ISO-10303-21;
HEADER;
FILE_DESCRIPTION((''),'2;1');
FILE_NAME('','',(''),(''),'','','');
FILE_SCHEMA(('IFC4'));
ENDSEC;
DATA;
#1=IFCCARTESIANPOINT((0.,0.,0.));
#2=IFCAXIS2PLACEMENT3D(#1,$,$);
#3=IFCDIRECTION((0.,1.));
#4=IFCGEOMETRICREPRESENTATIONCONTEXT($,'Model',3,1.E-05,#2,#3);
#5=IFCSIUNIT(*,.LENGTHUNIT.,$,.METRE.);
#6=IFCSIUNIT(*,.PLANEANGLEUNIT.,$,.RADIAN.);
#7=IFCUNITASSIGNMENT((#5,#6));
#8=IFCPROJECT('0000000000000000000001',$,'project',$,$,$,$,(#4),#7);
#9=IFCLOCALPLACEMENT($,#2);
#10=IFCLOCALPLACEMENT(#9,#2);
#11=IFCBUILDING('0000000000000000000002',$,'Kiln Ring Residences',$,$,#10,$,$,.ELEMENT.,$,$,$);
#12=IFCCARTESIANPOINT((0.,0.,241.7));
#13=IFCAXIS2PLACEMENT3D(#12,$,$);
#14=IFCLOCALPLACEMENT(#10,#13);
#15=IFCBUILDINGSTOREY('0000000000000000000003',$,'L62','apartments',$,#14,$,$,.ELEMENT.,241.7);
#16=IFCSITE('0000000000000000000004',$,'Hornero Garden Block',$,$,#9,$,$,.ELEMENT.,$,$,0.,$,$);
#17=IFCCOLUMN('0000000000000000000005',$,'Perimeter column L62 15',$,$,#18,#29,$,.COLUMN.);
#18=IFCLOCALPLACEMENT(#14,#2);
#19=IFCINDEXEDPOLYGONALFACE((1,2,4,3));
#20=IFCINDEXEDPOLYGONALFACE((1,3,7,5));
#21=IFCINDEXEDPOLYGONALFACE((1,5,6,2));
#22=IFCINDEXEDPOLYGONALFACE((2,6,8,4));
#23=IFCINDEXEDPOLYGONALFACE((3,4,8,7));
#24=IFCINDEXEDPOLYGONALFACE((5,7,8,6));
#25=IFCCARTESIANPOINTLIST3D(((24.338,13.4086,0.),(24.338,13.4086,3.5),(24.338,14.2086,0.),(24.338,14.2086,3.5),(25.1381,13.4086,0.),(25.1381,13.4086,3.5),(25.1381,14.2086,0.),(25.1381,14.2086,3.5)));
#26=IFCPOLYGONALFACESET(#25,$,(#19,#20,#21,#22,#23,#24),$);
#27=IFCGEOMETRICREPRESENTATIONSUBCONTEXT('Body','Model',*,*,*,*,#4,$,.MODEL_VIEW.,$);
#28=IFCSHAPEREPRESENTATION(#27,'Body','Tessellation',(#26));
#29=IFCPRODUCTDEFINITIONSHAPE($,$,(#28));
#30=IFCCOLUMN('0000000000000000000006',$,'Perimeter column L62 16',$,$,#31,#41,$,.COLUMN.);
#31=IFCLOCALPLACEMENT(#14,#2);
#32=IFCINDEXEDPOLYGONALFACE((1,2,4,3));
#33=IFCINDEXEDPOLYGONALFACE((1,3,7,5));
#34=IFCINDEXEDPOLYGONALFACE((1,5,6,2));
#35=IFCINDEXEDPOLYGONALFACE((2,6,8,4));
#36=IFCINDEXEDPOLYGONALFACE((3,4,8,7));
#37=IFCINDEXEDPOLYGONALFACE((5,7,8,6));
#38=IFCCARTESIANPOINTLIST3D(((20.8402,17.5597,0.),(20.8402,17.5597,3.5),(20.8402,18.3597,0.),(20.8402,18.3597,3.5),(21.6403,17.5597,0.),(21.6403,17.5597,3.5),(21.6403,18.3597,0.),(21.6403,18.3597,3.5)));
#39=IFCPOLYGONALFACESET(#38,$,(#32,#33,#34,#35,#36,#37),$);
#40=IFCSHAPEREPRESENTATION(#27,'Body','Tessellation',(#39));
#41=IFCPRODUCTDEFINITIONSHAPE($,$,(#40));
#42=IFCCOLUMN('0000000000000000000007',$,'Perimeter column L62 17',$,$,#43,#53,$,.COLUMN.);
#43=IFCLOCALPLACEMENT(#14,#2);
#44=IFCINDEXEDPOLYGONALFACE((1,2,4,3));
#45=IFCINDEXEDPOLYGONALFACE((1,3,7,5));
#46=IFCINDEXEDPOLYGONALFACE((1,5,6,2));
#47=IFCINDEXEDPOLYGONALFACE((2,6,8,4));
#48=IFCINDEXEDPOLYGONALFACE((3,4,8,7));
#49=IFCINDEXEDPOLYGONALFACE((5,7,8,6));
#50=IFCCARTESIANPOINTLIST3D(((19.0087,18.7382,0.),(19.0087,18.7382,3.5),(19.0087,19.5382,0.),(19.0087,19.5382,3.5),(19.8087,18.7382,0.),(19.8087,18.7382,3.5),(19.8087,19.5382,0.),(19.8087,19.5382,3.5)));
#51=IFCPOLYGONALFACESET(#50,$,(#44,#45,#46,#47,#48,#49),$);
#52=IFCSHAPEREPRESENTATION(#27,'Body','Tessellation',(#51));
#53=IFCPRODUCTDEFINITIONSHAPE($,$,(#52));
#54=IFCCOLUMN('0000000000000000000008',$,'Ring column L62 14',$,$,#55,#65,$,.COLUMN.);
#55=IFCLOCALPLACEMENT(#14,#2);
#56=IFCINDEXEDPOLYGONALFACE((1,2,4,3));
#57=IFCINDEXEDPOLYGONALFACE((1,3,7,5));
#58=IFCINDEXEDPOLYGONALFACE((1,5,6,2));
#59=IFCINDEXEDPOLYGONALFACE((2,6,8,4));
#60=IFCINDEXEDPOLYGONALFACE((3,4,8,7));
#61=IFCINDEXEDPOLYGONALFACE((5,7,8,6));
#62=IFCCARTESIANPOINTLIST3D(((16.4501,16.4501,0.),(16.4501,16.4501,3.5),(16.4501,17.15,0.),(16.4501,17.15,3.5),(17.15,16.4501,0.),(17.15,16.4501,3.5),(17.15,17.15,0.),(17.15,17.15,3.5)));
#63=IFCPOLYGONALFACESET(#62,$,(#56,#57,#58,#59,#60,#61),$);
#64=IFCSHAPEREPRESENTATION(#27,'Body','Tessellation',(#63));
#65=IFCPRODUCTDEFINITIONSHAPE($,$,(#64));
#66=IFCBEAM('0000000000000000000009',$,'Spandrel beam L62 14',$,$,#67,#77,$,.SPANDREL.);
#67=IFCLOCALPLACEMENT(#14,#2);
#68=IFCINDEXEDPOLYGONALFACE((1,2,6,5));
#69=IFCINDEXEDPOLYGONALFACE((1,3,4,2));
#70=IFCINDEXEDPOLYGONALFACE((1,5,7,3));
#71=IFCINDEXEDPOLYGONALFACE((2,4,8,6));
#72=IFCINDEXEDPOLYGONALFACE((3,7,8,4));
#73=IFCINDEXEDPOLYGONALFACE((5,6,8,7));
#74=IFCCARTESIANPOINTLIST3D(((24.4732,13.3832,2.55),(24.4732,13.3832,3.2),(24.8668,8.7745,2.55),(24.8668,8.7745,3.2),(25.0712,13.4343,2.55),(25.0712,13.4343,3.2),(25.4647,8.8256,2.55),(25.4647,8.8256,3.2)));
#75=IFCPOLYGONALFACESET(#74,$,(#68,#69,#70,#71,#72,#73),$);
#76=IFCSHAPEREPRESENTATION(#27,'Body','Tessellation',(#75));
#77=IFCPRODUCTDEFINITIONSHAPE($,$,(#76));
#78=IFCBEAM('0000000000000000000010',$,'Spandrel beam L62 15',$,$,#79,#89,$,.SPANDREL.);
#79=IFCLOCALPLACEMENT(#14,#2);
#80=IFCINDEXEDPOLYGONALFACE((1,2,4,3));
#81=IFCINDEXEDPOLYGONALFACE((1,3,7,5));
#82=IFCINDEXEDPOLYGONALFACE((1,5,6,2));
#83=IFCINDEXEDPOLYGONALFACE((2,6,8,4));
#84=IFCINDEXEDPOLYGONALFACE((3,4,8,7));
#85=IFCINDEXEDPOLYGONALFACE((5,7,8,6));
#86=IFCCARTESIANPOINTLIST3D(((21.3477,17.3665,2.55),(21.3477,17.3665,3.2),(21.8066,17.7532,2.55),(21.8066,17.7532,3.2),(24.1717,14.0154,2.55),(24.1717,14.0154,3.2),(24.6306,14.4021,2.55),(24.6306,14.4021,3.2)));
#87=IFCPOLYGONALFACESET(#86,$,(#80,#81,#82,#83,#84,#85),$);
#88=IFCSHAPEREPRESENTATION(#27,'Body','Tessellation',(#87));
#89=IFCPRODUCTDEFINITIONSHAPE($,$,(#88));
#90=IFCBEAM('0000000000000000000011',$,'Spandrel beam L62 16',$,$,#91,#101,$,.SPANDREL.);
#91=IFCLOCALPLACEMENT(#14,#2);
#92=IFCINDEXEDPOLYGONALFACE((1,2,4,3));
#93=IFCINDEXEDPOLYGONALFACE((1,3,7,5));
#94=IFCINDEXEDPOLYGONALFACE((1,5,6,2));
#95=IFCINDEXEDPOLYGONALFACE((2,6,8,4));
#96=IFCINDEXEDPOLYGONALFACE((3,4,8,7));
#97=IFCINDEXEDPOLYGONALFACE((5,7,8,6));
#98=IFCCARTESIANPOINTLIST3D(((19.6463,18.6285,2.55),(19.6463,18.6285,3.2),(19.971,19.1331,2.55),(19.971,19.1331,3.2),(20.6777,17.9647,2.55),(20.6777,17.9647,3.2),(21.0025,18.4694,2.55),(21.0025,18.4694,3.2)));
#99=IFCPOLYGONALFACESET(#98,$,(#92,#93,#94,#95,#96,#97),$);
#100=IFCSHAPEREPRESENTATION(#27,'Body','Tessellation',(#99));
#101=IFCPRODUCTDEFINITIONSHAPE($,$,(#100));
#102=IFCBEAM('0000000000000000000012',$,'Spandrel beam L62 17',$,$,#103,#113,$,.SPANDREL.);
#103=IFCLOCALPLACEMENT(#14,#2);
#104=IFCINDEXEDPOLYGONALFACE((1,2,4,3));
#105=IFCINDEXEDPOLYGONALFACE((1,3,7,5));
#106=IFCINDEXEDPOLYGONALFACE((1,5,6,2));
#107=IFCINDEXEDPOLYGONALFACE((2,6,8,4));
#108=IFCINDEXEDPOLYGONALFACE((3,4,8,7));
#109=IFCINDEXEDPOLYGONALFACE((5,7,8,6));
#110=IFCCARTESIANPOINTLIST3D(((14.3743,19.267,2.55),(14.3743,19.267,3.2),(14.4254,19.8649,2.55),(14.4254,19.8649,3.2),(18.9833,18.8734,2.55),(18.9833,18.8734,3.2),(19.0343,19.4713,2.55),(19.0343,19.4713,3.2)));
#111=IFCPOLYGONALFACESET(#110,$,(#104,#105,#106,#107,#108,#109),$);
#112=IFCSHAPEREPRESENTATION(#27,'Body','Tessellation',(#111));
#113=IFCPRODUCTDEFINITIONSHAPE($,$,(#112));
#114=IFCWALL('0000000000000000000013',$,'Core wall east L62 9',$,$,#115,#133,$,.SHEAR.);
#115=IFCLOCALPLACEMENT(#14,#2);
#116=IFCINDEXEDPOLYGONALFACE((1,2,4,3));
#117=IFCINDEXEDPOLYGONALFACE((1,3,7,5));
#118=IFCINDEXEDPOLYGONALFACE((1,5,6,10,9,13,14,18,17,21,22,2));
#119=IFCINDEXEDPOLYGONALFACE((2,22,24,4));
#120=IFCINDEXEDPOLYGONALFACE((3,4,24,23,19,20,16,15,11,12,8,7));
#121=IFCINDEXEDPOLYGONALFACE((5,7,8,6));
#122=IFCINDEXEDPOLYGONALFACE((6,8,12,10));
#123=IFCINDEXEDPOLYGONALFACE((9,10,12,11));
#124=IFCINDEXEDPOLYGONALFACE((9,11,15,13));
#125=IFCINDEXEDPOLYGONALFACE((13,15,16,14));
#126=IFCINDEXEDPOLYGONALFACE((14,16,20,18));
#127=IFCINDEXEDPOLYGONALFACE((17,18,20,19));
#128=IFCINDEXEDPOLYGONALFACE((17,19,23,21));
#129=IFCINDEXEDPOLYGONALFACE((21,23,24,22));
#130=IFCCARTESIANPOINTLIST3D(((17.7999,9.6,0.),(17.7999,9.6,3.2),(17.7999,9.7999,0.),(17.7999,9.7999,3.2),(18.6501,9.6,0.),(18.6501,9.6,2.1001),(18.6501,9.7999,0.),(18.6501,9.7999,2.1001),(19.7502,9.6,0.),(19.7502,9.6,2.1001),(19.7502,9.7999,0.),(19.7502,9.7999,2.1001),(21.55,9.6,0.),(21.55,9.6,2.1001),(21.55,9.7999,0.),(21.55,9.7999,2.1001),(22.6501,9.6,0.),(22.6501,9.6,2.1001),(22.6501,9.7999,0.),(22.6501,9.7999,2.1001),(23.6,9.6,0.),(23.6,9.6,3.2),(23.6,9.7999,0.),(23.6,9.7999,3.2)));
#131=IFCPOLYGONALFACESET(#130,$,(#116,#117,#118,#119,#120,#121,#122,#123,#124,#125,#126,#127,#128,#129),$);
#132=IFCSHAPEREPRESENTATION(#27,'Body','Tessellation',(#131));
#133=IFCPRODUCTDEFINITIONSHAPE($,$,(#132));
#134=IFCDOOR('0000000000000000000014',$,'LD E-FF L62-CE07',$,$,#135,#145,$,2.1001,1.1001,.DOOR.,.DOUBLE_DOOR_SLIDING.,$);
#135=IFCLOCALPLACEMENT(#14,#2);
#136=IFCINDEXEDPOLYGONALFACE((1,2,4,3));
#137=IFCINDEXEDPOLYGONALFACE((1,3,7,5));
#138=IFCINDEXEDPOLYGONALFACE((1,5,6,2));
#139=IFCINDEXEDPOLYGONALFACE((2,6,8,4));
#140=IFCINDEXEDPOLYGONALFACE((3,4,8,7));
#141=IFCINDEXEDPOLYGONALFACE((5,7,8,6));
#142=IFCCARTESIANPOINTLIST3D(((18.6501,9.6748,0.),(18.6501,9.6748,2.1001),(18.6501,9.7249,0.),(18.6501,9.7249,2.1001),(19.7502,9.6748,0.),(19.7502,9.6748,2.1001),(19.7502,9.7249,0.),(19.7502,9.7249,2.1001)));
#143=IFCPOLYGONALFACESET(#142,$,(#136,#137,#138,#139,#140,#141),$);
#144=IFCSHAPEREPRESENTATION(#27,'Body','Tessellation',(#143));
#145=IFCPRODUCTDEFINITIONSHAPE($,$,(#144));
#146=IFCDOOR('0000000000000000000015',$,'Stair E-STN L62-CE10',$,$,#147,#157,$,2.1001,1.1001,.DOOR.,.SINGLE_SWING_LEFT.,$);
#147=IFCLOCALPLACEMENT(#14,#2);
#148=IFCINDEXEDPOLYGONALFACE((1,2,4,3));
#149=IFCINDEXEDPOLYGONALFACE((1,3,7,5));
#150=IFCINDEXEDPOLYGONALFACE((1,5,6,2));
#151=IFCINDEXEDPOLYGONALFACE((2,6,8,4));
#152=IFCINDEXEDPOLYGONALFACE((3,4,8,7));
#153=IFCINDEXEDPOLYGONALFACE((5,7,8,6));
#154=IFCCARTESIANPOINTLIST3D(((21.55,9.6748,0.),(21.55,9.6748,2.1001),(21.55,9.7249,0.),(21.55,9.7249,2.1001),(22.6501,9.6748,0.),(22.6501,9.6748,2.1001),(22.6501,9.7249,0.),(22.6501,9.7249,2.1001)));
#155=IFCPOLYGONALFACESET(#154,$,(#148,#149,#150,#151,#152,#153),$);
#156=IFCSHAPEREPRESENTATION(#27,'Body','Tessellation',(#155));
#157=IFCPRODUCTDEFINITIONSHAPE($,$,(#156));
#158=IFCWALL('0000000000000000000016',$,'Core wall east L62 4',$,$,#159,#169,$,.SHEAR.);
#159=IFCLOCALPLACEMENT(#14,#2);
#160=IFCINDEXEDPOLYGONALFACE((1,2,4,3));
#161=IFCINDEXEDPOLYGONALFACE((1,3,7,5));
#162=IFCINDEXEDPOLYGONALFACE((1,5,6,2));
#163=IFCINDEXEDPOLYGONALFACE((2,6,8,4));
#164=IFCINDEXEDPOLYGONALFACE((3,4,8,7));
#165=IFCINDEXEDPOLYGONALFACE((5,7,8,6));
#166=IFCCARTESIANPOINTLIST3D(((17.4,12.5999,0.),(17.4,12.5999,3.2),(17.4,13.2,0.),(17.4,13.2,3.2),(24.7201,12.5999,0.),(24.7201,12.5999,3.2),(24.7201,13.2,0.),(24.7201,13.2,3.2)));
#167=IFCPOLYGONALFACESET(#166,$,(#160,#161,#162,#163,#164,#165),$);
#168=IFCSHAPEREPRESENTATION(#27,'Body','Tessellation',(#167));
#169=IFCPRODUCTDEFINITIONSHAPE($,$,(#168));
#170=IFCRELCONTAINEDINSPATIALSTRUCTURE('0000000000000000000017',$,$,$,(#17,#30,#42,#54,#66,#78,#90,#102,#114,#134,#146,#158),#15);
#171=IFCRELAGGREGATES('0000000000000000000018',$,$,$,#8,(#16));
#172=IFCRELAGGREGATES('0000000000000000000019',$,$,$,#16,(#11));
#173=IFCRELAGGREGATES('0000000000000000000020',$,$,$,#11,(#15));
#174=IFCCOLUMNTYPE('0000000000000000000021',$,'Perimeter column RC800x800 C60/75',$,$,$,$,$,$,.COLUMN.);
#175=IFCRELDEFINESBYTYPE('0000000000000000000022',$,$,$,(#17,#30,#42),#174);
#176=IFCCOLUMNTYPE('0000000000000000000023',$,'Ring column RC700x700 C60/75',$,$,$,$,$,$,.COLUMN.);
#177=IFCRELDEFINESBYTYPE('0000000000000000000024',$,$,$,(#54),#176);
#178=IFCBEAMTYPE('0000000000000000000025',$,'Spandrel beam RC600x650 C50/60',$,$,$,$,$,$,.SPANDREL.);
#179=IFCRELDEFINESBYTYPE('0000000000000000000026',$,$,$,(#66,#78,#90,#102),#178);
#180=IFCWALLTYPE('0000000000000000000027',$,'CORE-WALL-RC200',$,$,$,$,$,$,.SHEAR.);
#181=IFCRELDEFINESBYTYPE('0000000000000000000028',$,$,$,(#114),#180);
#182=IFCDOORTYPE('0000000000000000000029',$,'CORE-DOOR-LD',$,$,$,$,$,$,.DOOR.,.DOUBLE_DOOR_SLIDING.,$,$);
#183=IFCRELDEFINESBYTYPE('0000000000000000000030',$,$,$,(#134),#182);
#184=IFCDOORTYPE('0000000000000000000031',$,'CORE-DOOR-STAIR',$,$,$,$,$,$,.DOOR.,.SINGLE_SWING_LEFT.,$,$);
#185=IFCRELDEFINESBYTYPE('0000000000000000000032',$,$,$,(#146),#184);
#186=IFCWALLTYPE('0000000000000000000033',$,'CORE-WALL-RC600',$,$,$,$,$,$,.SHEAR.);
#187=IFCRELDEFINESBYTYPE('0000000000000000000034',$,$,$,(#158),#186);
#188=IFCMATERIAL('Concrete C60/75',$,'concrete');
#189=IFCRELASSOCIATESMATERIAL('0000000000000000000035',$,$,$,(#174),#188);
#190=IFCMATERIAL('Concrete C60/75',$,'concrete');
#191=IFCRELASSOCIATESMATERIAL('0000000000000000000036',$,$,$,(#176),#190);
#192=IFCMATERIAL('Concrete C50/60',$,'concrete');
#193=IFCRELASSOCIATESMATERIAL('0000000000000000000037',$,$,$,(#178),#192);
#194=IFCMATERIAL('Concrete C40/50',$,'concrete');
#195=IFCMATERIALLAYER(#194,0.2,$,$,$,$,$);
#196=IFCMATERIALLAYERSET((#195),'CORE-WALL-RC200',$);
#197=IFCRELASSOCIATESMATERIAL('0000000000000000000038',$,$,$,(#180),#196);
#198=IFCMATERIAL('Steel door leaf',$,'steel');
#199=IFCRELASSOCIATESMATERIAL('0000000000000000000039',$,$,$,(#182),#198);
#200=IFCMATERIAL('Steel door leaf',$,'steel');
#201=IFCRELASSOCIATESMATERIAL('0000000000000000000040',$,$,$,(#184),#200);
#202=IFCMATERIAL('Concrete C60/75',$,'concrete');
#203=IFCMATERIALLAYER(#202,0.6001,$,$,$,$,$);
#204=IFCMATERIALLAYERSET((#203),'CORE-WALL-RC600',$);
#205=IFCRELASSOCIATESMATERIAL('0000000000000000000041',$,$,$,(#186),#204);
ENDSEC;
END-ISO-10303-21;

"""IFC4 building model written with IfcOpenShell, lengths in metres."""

from ifc_helpers import new_model, si_unit, direction, frame, frame_2d, origin, origin_2d, place, context, subcontext, project, spatial, rectangle, extrude, material, layer, layer_set, material_profile, profile_set, type_object, element, fill, save


model = new_model("IFC4")

# Units and contexts
model_context = context("Model", 3, precision=1e-05, world=origin(), true_north=direction((0.0, 1.0)))
body_context = subcontext(model_context, "Body", "Model", "MODEL_VIEW")
ifc_project = project(units=[si_unit("LENGTHUNIT", "METRE"), si_unit("PLANEANGLEUNIT", "RADIAN")], contexts=[model_context])

# Site, building, storey
site_placement = place(None, origin())
site = spatial("IfcSite", under=ifc_project, at=site_placement, Name="Hornero Garden Block", CompositionType="ELEMENT", RefElevation=0.0)
building_placement = place(site_placement, origin())
building = spatial("IfcBuilding", under=site, at=building_placement, Name="Kiln Ring Residences", CompositionType="ELEMENT")
storey_placement = place(building_placement, frame((0.0, 0.0, 241.7)))
storey = spatial("IfcBuildingStorey", under=building, at=storey_placement, Name="L62", Description="apartments", CompositionType="ELEMENT", Elevation=241.7)

# Columns
ifc_material_1 = material(Name="Concrete C60/75", Category="concrete")
ifc_material_profile_1 = material_profile(ifc_material_1, rectangle(XDim=0.8, YDim=0.8, at=origin_2d()), Name="RC800x800")
ifc_profile_set_1 = profile_set([ifc_material_profile_1], Name="Concrete C60/75")
column_type_1 = type_object("IfcColumnType", Name="Perimeter column RC800x800 C60/75", PredefinedType="COLUMN", material=ifc_profile_set_1)
for number, where, z_axis, x_axis, name in (
    (1, (24.738, 13.8086, 0.0), (0.0, 0.0, 1.0), (1.0, 0.0, 0.0), "Perimeter column L62 15"),
    (2, (21.2402, 17.9597, 0.0), (0.0, 0.0, 1.0), (1.0, 0.0, 0.0), "Perimeter column L62 16"),
    (3, (19.4087, 19.1382, 0.0), (0.0, 0.0, 1.0), (1.0, 0.0, 0.0), "Perimeter column L62 17"),
):
    element("IfcColumn", number, at=place(storey_placement, frame(where, z_axis=z_axis, x_axis=x_axis)), inside=storey, type_object=column_type_1, Name=name, PredefinedType="COLUMN", context=body_context, shape_type="SweptSolid", body=[
        extrude(rectangle(XDim=0.8, YDim=0.8, at=origin_2d()), origin(), (0.0, 0.0, 1.0), 3.5),
    ])
ifc_material_2 = material(Name="Concrete C60/75", Category="concrete")
ifc_material_profile_2 = material_profile(ifc_material_2, rectangle(XDim=0.7, YDim=0.7, at=origin_2d()), Name="RC700x700")
ifc_profile_set_2 = profile_set([ifc_material_profile_2], Name="Concrete C60/75")
column_type_2 = type_object("IfcColumnType", Name="Ring column RC700x700 C60/75", PredefinedType="COLUMN", material=ifc_profile_set_2)
column_placement = place(storey_placement, frame((16.8, 16.8, 0.0), z_axis=(0.0, 0.0, 1.0), x_axis=(1.0, 0.0, 0.0)))
element("IfcColumn", 4, at=column_placement, inside=storey, type_object=column_type_2, Name="Ring column L62 14", PredefinedType="COLUMN", context=body_context, shape_type="SweptSolid", body=[
    extrude(rectangle(XDim=0.7, YDim=0.7, at=origin_2d()), origin(), (0.0, 0.0, 1.0), 3.5),
])

# Beams
ifc_material_3 = material(Name="Concrete C50/60", Category="concrete")
ifc_material_profile_3 = material_profile(ifc_material_3, rectangle(XDim=0.6001, YDim=0.6499, at=origin_2d()), Name="RC600x650")
ifc_profile_set_3 = profile_set([ifc_material_profile_3], Name="Concrete C50/60")
beam_type = type_object("IfcBeamType", Name="Spandrel beam RC600x650 C50/60", PredefinedType="SPANDREL", material=ifc_profile_set_3)
beam_1_placement = place(storey_placement, frame((25.1658, 8.8, 2.875), z_axis=(-0.085085, 0.996374, 0.0), x_axis=(-0.996374, -0.085085, 0.0)))
element("IfcBeam", 5, at=beam_1_placement, inside=storey, type_object=beam_type, Name="Spandrel beam L62 14", PredefinedType="SPANDREL", context=body_context, shape_type="SweptSolid", body=[
    extrude(rectangle(XDim=0.6001, YDim=0.6499, at=origin_2d()), origin(), (0.0, 0.0, 1.0), 4.6255),
])
beam_2_placement = place(storey_placement, frame((24.4011, 14.2087, 2.875), z_axis=(-0.644405, 0.764684, 0.0), x_axis=(-0.764684, -0.644405, 0.0)))
element("IfcBeam", 6, at=beam_2_placement, inside=storey, type_object=beam_type, Name="Spandrel beam L62 15", PredefinedType="SPANDREL", context=body_context, shape_type="SweptSolid", body=[
    extrude(rectangle(XDim=0.6001, YDim=0.6499, at=origin_2d()), origin(), (0.0, 0.0, 1.0), 4.3823),
])
beam_3_placement = place(storey_placement, frame((20.8401, 18.217, 2.875), z_axis=(-0.840913, 0.54117, 0.0), x_axis=(-0.54117, -0.840913, 0.0)))
element("IfcBeam", 7, at=beam_3_placement, inside=storey, type_object=beam_type, Name="Spandrel beam L62 16", PredefinedType="SPANDREL", context=body_context, shape_type="SweptSolid", body=[
    extrude(rectangle(XDim=0.6001, YDim=0.6499, at=origin_2d()), origin(), (0.0, 0.0, 1.0), 1.2266),
])
beam_4_placement = place(storey_placement, frame((19.0088, 19.1724, 2.875), z_axis=(-0.996374, 0.085081, 0.0), x_axis=(-0.085081, -0.996374, 0.0)))
element("IfcBeam", 8, at=beam_4_placement, inside=storey, type_object=beam_type, Name="Spandrel beam L62 17", PredefinedType="SPANDREL", context=body_context, shape_type="SweptSolid", body=[
    extrude(rectangle(XDim=0.6001, YDim=0.6499, at=origin_2d()), origin(), (0.0, 0.0, 1.0), 4.6257),
])

# Wall, openings, doors
ifc_material_4 = material(Name="Concrete C40/50", Category="concrete")
ifc_layer_1 = layer(ifc_material_4, 0.2)
ifc_layer_set_1 = layer_set([ifc_layer_1], Name="CORE-WALL-RC200")
wall_type_1 = type_object("IfcWallType", Name="CORE-WALL-RC200", PredefinedType="SHEAR", material=ifc_layer_set_1)
wall_1_placement = place(storey_placement, frame((17.8, 9.7, 0.0), z_axis=(0.0, 0.0, 1.0), x_axis=(1.0, 0.0, 0.0)))
wall_1 = element("IfcWall", 9, at=wall_1_placement, inside=storey, type_object=wall_type_1, Name="Core wall east L62 9", PredefinedType="SHEAR", context=body_context, shape_type="SweptSolid", body=[
    extrude(rectangle(XDim=5.8, YDim=0.2, at=frame_2d((2.8999, 0.0))), origin(), (0.0, 0.0, 1.0), 3.2),
])
opening_1_placement = place(wall_1_placement, frame((0.8501, 0.0, 0.0)))
opening_1 = element("IfcOpeningElement", 10, at=opening_1_placement, cuts=wall_1, PredefinedType="OPENING", context=body_context, shape_type="SweptSolid", body=[
    extrude(rectangle(XDim=1.1001, YDim=2.1001, at=frame_2d((0.55, 1.05))), frame((0.0, 0.1099, 0.0), z_axis=(0.0, -1.0, 0.0), x_axis=(1.0, 0.0, 0.0)), (0.0, 0.0, 1.0), 0.22),
])
opening_2_placement = place(wall_1_placement, frame((3.75, 0.0, 0.0)))
opening_2 = element("IfcOpeningElement", 11, at=opening_2_placement, cuts=wall_1, PredefinedType="OPENING", context=body_context, shape_type="SweptSolid", body=[
    extrude(rectangle(XDim=1.1001, YDim=2.1001, at=frame_2d((0.55, 1.05))), frame((0.0, 0.1099, 0.0), z_axis=(0.0, -1.0, 0.0), x_axis=(1.0, 0.0, 0.0)), (0.0, 0.0, 1.0), 0.22),
])
ifc_material_5 = material(Name="Steel door leaf", Category="steel")
door_type_1 = type_object("IfcDoorType", Name="CORE-DOOR-LD", OperationType="DOUBLE_DOOR_SLIDING", PredefinedType="DOOR", material=ifc_material_5)
door_1_placement = place(opening_1_placement, origin())
door_1 = element("IfcDoor", 12, at=door_1_placement, inside=storey, type_object=door_type_1, Name="LD E-FF L62-CE07", OperationType="DOUBLE_DOOR_SLIDING", OverallHeight=2.1001, OverallWidth=1.1001, PredefinedType="DOOR", context=body_context, shape_type="SweptSolid", body=[
    extrude(rectangle(XDim=1.1001, YDim=2.1001, at=frame_2d((0.55, 1.05))), frame((0.0, 0.0249, 0.0), z_axis=(0.0, -1.0, 0.0), x_axis=(1.0, 0.0, 0.0)), (0.0, 0.0, 1.0), 0.05),
])
fill(opening_1, door_1)
ifc_material_6 = material(Name="Steel door leaf", Category="steel")
door_type_2 = type_object("IfcDoorType", Name="CORE-DOOR-STAIR", OperationType="SINGLE_SWING_LEFT", PredefinedType="DOOR", material=ifc_material_6)
door_2_placement = place(opening_2_placement, origin())
door_2 = element("IfcDoor", 13, at=door_2_placement, inside=storey, type_object=door_type_2, Name="Stair E-STN L62-CE10", OperationType="SINGLE_SWING_LEFT", OverallHeight=2.1001, OverallWidth=1.1001, PredefinedType="DOOR", context=body_context, shape_type="SweptSolid", body=[
    extrude(rectangle(XDim=1.1001, YDim=2.1001, at=frame_2d((0.55, 1.05))), frame((0.0, 0.0249, 0.0), z_axis=(0.0, -1.0, 0.0), x_axis=(1.0, 0.0, 0.0)), (0.0, 0.0, 1.0), 0.05),
])
fill(opening_2, door_2)

# Wall
ifc_material_7 = material(Name="Concrete C60/75", Category="concrete")
ifc_layer_2 = layer(ifc_material_7, 0.6001)
ifc_layer_set_2 = layer_set([ifc_layer_2], Name="CORE-WALL-RC600")
wall_type_2 = type_object("IfcWallType", Name="CORE-WALL-RC600", PredefinedType="SHEAR", material=ifc_layer_set_2)
wall_2_placement = place(storey_placement, frame((17.3999, 12.8999, 0.0), z_axis=(0.0, 0.0, 1.0), x_axis=(1.0, 0.0, 0.0)))
element("IfcWall", 14, at=wall_2_placement, inside=storey, type_object=wall_type_2, Name="Core wall east L62 4", PredefinedType="SHEAR", context=body_context, shape_type="SweptSolid", body=[
    extrude(rectangle(XDim=7.3201, YDim=0.6001, at=frame_2d((3.6602, 0.0))), origin(), (0.0, 0.0, 1.0), 3.2),
])

save(model, "model.ifc")
